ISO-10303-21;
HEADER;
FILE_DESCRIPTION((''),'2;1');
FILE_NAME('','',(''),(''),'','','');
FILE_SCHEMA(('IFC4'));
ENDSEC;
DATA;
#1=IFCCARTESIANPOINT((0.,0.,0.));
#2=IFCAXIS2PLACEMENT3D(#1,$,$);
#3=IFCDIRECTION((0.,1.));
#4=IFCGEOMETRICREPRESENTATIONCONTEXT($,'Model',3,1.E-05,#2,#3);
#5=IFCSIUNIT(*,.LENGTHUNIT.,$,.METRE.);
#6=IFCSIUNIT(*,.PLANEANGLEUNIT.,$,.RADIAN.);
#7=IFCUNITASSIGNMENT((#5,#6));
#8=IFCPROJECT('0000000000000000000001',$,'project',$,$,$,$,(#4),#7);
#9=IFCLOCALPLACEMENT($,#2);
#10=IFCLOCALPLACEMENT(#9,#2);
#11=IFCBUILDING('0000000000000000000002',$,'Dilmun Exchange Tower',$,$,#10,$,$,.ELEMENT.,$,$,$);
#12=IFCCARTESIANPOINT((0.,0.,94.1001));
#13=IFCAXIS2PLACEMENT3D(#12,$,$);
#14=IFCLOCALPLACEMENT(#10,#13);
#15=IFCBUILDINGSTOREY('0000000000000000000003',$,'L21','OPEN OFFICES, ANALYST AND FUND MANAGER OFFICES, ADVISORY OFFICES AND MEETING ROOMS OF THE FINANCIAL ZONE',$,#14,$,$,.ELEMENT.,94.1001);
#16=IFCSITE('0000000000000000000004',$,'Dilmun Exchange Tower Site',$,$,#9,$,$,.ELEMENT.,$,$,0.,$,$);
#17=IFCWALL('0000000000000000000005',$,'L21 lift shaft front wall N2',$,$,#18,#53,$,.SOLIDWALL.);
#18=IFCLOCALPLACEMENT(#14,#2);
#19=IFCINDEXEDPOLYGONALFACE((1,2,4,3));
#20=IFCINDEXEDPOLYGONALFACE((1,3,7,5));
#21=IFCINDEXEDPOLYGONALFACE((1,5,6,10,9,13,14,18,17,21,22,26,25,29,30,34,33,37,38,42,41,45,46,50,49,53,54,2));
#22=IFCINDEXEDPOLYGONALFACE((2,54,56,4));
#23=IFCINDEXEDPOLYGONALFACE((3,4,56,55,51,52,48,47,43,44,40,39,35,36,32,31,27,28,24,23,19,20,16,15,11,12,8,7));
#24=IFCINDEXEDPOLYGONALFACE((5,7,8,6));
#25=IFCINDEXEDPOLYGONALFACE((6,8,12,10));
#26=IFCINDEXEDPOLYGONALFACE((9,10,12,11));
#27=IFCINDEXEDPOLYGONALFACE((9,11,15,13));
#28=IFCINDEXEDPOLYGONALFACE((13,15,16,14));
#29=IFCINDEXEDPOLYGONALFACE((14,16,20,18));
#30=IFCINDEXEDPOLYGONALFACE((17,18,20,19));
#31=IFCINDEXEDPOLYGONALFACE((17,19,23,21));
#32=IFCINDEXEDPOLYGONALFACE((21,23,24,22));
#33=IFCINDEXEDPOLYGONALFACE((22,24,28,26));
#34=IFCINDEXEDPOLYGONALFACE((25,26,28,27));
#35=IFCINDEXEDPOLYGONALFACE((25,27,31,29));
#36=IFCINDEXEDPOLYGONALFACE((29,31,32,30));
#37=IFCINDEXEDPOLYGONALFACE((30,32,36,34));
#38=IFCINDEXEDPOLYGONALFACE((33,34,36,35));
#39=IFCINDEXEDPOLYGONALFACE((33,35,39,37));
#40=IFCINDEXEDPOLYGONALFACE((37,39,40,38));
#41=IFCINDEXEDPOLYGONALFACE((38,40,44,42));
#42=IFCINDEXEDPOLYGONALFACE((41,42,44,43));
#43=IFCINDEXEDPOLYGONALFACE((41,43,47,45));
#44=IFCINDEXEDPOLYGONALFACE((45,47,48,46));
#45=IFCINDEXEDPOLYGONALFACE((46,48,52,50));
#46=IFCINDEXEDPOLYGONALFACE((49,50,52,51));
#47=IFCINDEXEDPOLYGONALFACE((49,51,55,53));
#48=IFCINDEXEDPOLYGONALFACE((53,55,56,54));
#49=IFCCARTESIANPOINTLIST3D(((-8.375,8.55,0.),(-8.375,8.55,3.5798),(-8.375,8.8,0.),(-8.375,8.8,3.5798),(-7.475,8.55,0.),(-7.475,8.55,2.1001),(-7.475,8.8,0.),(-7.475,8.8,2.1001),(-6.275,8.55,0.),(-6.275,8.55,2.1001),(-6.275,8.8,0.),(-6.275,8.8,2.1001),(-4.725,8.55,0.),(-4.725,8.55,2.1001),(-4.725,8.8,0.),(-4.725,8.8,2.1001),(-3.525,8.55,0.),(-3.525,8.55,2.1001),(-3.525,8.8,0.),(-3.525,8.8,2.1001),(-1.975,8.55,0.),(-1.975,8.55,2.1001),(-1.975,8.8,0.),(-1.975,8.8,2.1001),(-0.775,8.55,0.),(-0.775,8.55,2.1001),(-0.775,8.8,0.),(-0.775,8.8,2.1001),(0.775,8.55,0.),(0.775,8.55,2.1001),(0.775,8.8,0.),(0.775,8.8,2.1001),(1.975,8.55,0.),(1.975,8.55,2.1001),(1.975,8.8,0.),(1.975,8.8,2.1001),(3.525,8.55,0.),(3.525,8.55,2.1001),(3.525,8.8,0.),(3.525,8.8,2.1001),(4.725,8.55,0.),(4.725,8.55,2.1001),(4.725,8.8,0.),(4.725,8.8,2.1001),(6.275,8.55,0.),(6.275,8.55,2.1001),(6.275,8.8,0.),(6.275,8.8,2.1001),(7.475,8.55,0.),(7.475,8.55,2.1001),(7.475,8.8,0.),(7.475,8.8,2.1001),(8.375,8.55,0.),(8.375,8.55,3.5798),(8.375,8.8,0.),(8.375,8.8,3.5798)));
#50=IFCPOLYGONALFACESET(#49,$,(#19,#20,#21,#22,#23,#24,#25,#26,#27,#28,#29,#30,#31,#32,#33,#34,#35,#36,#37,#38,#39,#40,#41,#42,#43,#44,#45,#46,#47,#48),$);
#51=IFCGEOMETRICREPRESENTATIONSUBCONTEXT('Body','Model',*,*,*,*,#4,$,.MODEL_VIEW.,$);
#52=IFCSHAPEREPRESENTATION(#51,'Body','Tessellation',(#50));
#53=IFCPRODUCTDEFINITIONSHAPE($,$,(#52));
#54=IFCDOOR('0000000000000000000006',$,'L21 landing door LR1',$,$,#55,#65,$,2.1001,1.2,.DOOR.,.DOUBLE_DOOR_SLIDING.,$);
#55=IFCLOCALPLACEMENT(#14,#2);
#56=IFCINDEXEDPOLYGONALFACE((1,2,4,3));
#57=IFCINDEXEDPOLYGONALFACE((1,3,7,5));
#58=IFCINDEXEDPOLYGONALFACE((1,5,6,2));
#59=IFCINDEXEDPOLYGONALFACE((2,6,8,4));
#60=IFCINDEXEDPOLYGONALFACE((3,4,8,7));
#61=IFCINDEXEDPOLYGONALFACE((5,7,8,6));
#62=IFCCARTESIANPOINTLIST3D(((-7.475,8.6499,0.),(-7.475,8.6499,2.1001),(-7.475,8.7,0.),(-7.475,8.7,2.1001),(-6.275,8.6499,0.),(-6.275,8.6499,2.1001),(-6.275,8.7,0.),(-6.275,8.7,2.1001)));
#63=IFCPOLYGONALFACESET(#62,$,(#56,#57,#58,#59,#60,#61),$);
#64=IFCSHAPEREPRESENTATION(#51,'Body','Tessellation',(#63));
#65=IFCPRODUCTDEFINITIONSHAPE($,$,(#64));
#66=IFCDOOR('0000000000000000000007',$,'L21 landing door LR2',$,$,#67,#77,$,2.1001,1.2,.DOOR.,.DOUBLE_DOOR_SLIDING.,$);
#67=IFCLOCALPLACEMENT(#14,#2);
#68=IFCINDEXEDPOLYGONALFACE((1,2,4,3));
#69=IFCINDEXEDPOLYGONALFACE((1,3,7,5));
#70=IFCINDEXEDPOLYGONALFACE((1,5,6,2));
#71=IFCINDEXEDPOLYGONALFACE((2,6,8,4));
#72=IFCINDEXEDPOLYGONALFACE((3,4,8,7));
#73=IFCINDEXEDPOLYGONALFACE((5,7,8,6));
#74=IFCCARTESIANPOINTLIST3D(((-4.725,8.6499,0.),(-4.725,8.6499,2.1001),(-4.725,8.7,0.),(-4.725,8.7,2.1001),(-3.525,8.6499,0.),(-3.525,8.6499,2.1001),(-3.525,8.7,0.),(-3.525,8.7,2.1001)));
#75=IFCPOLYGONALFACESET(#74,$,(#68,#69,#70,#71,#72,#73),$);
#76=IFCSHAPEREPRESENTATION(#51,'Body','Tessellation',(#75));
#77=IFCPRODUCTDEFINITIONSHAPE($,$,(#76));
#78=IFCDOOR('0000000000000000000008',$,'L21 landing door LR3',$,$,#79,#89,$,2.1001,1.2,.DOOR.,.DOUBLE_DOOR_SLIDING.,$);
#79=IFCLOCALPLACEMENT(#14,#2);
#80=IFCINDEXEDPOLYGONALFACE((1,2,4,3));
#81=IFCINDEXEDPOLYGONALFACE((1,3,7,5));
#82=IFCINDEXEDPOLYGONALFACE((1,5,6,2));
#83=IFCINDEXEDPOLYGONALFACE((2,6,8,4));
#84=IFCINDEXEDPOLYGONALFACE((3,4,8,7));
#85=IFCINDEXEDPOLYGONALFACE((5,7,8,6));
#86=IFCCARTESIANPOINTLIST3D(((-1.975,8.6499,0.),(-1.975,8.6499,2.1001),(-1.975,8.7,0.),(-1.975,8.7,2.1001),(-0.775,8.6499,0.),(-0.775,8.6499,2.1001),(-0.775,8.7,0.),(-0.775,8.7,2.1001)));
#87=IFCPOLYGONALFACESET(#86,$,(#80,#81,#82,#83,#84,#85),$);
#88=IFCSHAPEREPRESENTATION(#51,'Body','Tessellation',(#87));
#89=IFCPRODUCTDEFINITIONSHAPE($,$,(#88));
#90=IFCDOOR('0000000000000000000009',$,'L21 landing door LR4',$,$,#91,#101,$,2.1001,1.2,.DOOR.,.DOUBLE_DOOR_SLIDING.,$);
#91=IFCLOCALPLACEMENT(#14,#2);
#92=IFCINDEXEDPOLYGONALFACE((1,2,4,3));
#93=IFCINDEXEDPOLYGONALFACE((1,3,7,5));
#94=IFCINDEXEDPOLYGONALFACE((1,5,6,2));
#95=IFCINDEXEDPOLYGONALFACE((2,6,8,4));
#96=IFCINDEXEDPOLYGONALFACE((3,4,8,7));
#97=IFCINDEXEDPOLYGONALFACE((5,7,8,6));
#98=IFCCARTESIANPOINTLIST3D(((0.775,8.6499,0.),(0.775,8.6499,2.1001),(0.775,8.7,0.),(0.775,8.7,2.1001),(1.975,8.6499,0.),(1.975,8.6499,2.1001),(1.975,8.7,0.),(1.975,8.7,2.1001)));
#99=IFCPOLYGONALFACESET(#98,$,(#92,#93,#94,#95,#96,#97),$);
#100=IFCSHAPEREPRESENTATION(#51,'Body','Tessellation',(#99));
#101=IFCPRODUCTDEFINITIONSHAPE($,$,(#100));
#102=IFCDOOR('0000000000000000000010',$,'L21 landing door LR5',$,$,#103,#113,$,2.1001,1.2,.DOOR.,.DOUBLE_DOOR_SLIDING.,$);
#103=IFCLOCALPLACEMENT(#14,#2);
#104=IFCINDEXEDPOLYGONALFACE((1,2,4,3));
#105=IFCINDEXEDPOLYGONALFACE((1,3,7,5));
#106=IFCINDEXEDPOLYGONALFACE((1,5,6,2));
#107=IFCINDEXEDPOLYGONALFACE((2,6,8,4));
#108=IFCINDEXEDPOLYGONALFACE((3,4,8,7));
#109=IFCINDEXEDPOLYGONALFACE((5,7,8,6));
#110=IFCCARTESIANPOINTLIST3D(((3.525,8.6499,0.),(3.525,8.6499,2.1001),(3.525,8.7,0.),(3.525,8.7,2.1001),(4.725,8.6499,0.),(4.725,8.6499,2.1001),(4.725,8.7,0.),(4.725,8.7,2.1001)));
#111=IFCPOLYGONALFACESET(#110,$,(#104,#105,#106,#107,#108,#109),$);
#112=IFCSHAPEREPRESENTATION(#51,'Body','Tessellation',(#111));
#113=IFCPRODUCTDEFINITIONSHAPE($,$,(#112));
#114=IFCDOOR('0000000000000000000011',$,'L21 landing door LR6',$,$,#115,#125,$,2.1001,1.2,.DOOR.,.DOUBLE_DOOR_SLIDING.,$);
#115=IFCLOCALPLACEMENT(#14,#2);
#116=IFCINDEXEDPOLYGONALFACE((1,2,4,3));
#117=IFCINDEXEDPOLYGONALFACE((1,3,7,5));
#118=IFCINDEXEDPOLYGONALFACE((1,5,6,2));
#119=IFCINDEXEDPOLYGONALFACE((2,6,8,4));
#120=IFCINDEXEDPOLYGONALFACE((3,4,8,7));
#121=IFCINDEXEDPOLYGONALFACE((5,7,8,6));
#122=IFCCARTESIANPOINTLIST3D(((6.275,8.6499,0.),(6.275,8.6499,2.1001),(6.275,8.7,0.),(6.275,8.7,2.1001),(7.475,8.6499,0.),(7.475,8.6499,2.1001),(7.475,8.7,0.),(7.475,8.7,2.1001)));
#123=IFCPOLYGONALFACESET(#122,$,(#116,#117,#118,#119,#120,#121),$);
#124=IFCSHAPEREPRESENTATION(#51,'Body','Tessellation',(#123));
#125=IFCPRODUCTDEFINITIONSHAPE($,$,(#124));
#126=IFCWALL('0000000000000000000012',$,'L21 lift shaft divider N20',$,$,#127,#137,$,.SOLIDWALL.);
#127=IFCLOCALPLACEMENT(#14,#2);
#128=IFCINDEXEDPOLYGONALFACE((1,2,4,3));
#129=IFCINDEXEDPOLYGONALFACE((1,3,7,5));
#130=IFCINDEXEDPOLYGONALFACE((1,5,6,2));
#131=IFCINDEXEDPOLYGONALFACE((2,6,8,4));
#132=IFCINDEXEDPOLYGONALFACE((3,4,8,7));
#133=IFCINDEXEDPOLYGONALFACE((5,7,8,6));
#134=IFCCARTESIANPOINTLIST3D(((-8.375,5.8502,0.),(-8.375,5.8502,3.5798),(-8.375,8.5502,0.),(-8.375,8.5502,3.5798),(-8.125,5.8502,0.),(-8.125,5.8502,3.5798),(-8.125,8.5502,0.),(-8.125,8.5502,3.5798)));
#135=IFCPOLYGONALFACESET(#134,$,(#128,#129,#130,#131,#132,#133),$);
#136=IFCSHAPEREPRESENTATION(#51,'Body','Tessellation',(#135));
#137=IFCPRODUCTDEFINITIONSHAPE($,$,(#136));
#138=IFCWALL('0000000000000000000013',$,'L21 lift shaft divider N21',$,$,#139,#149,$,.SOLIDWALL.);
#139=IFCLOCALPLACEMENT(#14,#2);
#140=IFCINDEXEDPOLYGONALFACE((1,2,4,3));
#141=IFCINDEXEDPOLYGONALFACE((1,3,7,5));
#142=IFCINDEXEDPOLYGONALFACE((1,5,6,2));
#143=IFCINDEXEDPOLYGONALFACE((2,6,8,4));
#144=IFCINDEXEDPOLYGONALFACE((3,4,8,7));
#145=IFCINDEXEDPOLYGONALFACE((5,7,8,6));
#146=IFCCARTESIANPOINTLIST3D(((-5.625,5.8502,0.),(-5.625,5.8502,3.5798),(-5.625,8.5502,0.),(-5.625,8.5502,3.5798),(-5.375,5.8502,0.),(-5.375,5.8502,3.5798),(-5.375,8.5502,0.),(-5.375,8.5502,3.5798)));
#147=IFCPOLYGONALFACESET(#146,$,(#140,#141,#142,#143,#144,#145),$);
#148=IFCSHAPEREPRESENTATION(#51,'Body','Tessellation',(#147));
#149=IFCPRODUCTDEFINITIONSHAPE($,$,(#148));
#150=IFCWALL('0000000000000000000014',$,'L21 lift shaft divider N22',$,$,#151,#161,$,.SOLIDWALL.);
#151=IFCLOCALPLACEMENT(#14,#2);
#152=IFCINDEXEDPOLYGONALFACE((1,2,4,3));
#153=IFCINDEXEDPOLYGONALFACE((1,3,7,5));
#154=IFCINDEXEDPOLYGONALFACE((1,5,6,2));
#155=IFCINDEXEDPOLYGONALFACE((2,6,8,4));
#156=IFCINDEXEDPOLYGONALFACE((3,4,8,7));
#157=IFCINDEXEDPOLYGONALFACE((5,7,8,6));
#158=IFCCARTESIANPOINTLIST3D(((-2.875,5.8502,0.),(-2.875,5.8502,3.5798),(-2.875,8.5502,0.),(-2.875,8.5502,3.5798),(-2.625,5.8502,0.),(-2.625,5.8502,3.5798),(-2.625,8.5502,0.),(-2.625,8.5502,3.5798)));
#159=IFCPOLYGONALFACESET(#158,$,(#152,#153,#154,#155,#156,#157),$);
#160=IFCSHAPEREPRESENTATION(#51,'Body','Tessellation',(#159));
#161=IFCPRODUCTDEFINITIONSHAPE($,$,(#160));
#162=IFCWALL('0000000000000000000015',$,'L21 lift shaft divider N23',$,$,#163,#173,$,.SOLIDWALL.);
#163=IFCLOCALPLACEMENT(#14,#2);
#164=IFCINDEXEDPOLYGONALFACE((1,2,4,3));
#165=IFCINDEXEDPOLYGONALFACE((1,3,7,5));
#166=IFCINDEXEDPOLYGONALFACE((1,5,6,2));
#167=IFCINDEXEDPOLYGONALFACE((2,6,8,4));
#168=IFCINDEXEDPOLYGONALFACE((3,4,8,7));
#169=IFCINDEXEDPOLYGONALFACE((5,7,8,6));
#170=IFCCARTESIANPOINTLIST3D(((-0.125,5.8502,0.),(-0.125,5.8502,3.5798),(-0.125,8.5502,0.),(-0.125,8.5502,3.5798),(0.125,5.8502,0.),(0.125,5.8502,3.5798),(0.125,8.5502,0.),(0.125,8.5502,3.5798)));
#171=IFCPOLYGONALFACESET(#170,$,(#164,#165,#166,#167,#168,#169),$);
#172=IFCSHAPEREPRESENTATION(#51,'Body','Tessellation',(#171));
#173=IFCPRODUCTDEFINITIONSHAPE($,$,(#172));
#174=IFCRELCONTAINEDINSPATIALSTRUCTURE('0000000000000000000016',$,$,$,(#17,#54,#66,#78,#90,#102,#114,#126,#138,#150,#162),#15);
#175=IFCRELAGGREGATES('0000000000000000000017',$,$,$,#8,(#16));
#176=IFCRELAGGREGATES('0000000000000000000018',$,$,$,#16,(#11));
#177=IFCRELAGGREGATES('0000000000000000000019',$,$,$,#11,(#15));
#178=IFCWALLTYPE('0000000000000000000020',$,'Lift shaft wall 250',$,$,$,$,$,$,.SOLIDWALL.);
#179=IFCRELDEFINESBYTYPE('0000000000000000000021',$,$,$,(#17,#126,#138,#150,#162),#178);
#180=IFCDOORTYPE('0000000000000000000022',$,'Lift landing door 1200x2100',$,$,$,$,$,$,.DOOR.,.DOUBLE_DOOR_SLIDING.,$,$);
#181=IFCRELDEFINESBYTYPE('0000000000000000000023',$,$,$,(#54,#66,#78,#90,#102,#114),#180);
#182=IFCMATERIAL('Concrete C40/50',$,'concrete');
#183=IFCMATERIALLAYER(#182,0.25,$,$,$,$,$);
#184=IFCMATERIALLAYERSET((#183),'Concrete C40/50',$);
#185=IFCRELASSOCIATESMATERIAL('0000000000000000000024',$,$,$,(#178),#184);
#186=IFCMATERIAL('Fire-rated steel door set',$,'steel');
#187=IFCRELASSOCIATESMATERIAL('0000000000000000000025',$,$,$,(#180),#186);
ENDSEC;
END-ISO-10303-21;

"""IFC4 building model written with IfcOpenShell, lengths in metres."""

from ifc_helpers import new_model, si_unit, direction, frame, frame_2d, origin, place, context, subcontext, project, spatial, rectangle, extrude, material, layer, layer_set, type_object, element, fill, save


model = new_model("IFC4")

# Units and contexts
model_context = context("Model", 3, precision=1e-05, world=origin(), true_north=direction((0.0, 1.0)))
body_context = subcontext(model_context, "Body", "Model", "MODEL_VIEW")
ifc_project = project(units=[si_unit("LENGTHUNIT", "METRE"), si_unit("PLANEANGLEUNIT", "RADIAN")], contexts=[model_context])

# Site, building, storey
site_placement = place(None, origin())
site = spatial("IfcSite", under=ifc_project, at=site_placement, Name="Dilmun Exchange Tower Site", CompositionType="ELEMENT", RefElevation=0.0)
building_placement = place(site_placement, origin())
building = spatial("IfcBuilding", under=site, at=building_placement, Name="Dilmun Exchange Tower", CompositionType="ELEMENT")
storey_placement = place(building_placement, frame((0.0, 0.0, 94.1001)))
storey = spatial("IfcBuildingStorey", under=building, at=storey_placement, Name="L21", Description="OPEN OFFICES, ANALYST AND FUND MANAGER OFFICES, ADVISORY OFFICES AND MEETING ROOMS OF THE FINANCIAL ZONE", CompositionType="ELEMENT", Elevation=94.1001)

# Shared definitions
ifc_material_1 = material(Name="Concrete C40/50", Category="concrete")

# Shared definitions
ifc_material_2 = material(Name="Fire-rated steel door set", Category="steel")

# Wall, openings, doors
ifc_layer_1 = layer(ifc_material_1, 0.25)
ifc_layer_set_1 = layer_set([ifc_layer_1], Name="Concrete C40/50")
wall_type_1 = type_object("IfcWallType", Name="Lift shaft wall 250", PredefinedType="SOLIDWALL", material=ifc_layer_set_1)
wall_1_placement = place(storey_placement, frame((-8.375, 8.675, 0.0), z_axis=(0.0, 0.0, 1.0), x_axis=(1.0, 0.0, 0.0)))
wall_1 = element("IfcWall", 1, at=wall_1_placement, inside=storey, type_object=wall_type_1, Name="L21 lift shaft front wall N2", PredefinedType="SOLIDWALL", context=body_context, shape_type="SweptSolid", body=[
    extrude(rectangle(XDim=16.75, YDim=0.25, at=frame_2d((8.375, 0.0))), origin(), (0.0, 0.0, 1.0), 3.5798),
])
opening_1_placement = place(wall_1_placement, frame((0.8999, 0.0, 0.0)))
opening_1 = element("IfcOpeningElement", 2, at=opening_1_placement, cuts=wall_1, PredefinedType="OPENING", context=body_context, shape_type="SweptSolid", body=[
    extrude(rectangle(XDim=1.2, YDim=2.1001, at=frame_2d((0.6001, 1.05))), frame((0.0, 0.135, 0.0), z_axis=(0.0, -1.0, 0.0), x_axis=(1.0, 0.0, 0.0)), (0.0, 0.0, 1.0), 0.27),
])
opening_2_placement = place(wall_1_placement, frame((3.6499, 0.0, 0.0)))
opening_2 = element("IfcOpeningElement", 3, at=opening_2_placement, cuts=wall_1, PredefinedType="OPENING", context=body_context, shape_type="SweptSolid", body=[
    extrude(rectangle(XDim=1.2, YDim=2.1001, at=frame_2d((0.6001, 1.05))), frame((0.0, 0.135, 0.0), z_axis=(0.0, -1.0, 0.0), x_axis=(1.0, 0.0, 0.0)), (0.0, 0.0, 1.0), 0.27),
])
opening_3_placement = place(wall_1_placement, frame((6.3999, 0.0, 0.0)))
opening_3 = element("IfcOpeningElement", 4, at=opening_3_placement, cuts=wall_1, PredefinedType="OPENING", context=body_context, shape_type="SweptSolid", body=[
    extrude(rectangle(XDim=1.2, YDim=2.1001, at=frame_2d((0.6001, 1.05))), frame((0.0, 0.135, 0.0), z_axis=(0.0, -1.0, 0.0), x_axis=(1.0, 0.0, 0.0)), (0.0, 0.0, 1.0), 0.27),
])
opening_4_placement = place(wall_1_placement, frame((9.1499, 0.0, 0.0)))
opening_4 = element("IfcOpeningElement", 5, at=opening_4_placement, cuts=wall_1, PredefinedType="OPENING", context=body_context, shape_type="SweptSolid", body=[
    extrude(rectangle(XDim=1.2, YDim=2.1001, at=frame_2d((0.6001, 1.05))), frame((0.0, 0.135, 0.0), z_axis=(0.0, -1.0, 0.0), x_axis=(1.0, 0.0, 0.0)), (0.0, 0.0, 1.0), 0.27),
])
opening_5_placement = place(wall_1_placement, frame((11.8999, 0.0, 0.0)))
opening_5 = element("IfcOpeningElement", 6, at=opening_5_placement, cuts=wall_1, PredefinedType="OPENING", context=body_context, shape_type="SweptSolid", body=[
    extrude(rectangle(XDim=1.2, YDim=2.1001, at=frame_2d((0.6001, 1.05))), frame((0.0, 0.135, 0.0), z_axis=(0.0, -1.0, 0.0), x_axis=(1.0, 0.0, 0.0)), (0.0, 0.0, 1.0), 0.27),
])
opening_6_placement = place(wall_1_placement, frame((14.6499, 0.0, 0.0)))
opening_6 = element("IfcOpeningElement", 7, at=opening_6_placement, cuts=wall_1, PredefinedType="OPENING", context=body_context, shape_type="SweptSolid", body=[
    extrude(rectangle(XDim=1.2, YDim=2.1001, at=frame_2d((0.6001, 1.05))), frame((0.0, 0.135, 0.0), z_axis=(0.0, -1.0, 0.0), x_axis=(1.0, 0.0, 0.0)), (0.0, 0.0, 1.0), 0.27),
])
door_type_1 = type_object("IfcDoorType", Name="Lift landing door 1200x2100", OperationType="DOUBLE_DOOR_SLIDING", PredefinedType="DOOR", material=ifc_material_2)
door_1_placement = place(opening_1_placement, origin())
door_1 = element("IfcDoor", 8, at=door_1_placement, inside=storey, type_object=door_type_1, Name="L21 landing door LR1", OperationType="DOUBLE_DOOR_SLIDING", OverallHeight=2.1001, OverallWidth=1.2, PredefinedType="DOOR", context=body_context, shape_type="SweptSolid", body=[
    extrude(rectangle(XDim=1.2, YDim=2.1001, at=frame_2d((0.6001, 1.05))), frame((0.0, 0.0249, 0.0), z_axis=(0.0, -1.0, 0.0), x_axis=(1.0, 0.0, 0.0)), (0.0, 0.0, 1.0), 0.05),
])
fill(opening_1, door_1)
door_2_placement = place(opening_2_placement, origin())
door_2 = element("IfcDoor", 9, at=door_2_placement, inside=storey, type_object=door_type_1, Name="L21 landing door LR2", OperationType="DOUBLE_DOOR_SLIDING", OverallHeight=2.1001, OverallWidth=1.2, PredefinedType="DOOR", context=body_context, shape_type="SweptSolid", body=[
    extrude(rectangle(XDim=1.2, YDim=2.1001, at=frame_2d((0.6001, 1.05))), frame((0.0, 0.0249, 0.0), z_axis=(0.0, -1.0, 0.0), x_axis=(1.0, 0.0, 0.0)), (0.0, 0.0, 1.0), 0.05),
])
fill(opening_2, door_2)
door_3_placement = place(opening_3_placement, origin())
door_3 = element("IfcDoor", 10, at=door_3_placement, inside=storey, type_object=door_type_1, Name="L21 landing door LR3", OperationType="DOUBLE_DOOR_SLIDING", OverallHeight=2.1001, OverallWidth=1.2, PredefinedType="DOOR", context=body_context, shape_type="SweptSolid", body=[
    extrude(rectangle(XDim=1.2, YDim=2.1001, at=frame_2d((0.6001, 1.05))), frame((0.0, 0.0249, 0.0), z_axis=(0.0, -1.0, 0.0), x_axis=(1.0, 0.0, 0.0)), (0.0, 0.0, 1.0), 0.05),
])
fill(opening_3, door_3)
door_4_placement = place(opening_4_placement, origin())
door_4 = element("IfcDoor", 11, at=door_4_placement, inside=storey, type_object=door_type_1, Name="L21 landing door LR4", OperationType="DOUBLE_DOOR_SLIDING", OverallHeight=2.1001, OverallWidth=1.2, PredefinedType="DOOR", context=body_context, shape_type="SweptSolid", body=[
    extrude(rectangle(XDim=1.2, YDim=2.1001, at=frame_2d((0.6001, 1.05))), frame((0.0, 0.0249, 0.0), z_axis=(0.0, -1.0, 0.0), x_axis=(1.0, 0.0, 0.0)), (0.0, 0.0, 1.0), 0.05),
])
fill(opening_4, door_4)
door_5_placement = place(opening_5_placement, origin())
door_5 = element("IfcDoor", 12, at=door_5_placement, inside=storey, type_object=door_type_1, Name="L21 landing door LR5", OperationType="DOUBLE_DOOR_SLIDING", OverallHeight=2.1001, OverallWidth=1.2, PredefinedType="DOOR", context=body_context, shape_type="SweptSolid", body=[
    extrude(rectangle(XDim=1.2, YDim=2.1001, at=frame_2d((0.6001, 1.05))), frame((0.0, 0.0249, 0.0), z_axis=(0.0, -1.0, 0.0), x_axis=(1.0, 0.0, 0.0)), (0.0, 0.0, 1.0), 0.05),
])
fill(opening_5, door_5)
door_6_placement = place(opening_6_placement, origin())
door_6 = element("IfcDoor", 13, at=door_6_placement, inside=storey, type_object=door_type_1, Name="L21 landing door LR6", OperationType="DOUBLE_DOOR_SLIDING", OverallHeight=2.1001, OverallWidth=1.2, PredefinedType="DOOR", context=body_context, shape_type="SweptSolid", body=[
    extrude(rectangle(XDim=1.2, YDim=2.1001, at=frame_2d((0.6001, 1.05))), frame((0.0, 0.0249, 0.0), z_axis=(0.0, -1.0, 0.0), x_axis=(1.0, 0.0, 0.0)), (0.0, 0.0, 1.0), 0.05),
])
fill(opening_6, door_6)

# Walls
for number, where, z_axis, x_axis, name in (
    (14, (-8.25, 5.8501, 0.0), (0.0, 0.0, 1.0), (0.0, 1.0, 0.0), "L21 lift shaft divider N20"),
    (15, (-5.5, 5.8501, 0.0), (0.0, 0.0, 1.0), (0.0, 1.0, 0.0), "L21 lift shaft divider N21"),
    (16, (-2.75, 5.8501, 0.0), (0.0, 0.0, 1.0), (0.0, 1.0, 0.0), "L21 lift shaft divider N22"),
    (17, (0.0, 5.8501, 0.0), (0.0, 0.0, 1.0), (0.0, 1.0, 0.0), "L21 lift shaft divider N23"),
):
    element("IfcWall", number, at=place(storey_placement, frame(where, z_axis=z_axis, x_axis=x_axis)), inside=storey, type_object=wall_type_1, Name=name, PredefinedType="SOLIDWALL", context=body_context, shape_type="SweptSolid", body=[
        extrude(rectangle(XDim=2.7, YDim=0.25, at=frame_2d((1.3501, 0.0))), origin(), (0.0, 0.0, 1.0), 3.5798),
    ])

save(model, "model.ifc")
